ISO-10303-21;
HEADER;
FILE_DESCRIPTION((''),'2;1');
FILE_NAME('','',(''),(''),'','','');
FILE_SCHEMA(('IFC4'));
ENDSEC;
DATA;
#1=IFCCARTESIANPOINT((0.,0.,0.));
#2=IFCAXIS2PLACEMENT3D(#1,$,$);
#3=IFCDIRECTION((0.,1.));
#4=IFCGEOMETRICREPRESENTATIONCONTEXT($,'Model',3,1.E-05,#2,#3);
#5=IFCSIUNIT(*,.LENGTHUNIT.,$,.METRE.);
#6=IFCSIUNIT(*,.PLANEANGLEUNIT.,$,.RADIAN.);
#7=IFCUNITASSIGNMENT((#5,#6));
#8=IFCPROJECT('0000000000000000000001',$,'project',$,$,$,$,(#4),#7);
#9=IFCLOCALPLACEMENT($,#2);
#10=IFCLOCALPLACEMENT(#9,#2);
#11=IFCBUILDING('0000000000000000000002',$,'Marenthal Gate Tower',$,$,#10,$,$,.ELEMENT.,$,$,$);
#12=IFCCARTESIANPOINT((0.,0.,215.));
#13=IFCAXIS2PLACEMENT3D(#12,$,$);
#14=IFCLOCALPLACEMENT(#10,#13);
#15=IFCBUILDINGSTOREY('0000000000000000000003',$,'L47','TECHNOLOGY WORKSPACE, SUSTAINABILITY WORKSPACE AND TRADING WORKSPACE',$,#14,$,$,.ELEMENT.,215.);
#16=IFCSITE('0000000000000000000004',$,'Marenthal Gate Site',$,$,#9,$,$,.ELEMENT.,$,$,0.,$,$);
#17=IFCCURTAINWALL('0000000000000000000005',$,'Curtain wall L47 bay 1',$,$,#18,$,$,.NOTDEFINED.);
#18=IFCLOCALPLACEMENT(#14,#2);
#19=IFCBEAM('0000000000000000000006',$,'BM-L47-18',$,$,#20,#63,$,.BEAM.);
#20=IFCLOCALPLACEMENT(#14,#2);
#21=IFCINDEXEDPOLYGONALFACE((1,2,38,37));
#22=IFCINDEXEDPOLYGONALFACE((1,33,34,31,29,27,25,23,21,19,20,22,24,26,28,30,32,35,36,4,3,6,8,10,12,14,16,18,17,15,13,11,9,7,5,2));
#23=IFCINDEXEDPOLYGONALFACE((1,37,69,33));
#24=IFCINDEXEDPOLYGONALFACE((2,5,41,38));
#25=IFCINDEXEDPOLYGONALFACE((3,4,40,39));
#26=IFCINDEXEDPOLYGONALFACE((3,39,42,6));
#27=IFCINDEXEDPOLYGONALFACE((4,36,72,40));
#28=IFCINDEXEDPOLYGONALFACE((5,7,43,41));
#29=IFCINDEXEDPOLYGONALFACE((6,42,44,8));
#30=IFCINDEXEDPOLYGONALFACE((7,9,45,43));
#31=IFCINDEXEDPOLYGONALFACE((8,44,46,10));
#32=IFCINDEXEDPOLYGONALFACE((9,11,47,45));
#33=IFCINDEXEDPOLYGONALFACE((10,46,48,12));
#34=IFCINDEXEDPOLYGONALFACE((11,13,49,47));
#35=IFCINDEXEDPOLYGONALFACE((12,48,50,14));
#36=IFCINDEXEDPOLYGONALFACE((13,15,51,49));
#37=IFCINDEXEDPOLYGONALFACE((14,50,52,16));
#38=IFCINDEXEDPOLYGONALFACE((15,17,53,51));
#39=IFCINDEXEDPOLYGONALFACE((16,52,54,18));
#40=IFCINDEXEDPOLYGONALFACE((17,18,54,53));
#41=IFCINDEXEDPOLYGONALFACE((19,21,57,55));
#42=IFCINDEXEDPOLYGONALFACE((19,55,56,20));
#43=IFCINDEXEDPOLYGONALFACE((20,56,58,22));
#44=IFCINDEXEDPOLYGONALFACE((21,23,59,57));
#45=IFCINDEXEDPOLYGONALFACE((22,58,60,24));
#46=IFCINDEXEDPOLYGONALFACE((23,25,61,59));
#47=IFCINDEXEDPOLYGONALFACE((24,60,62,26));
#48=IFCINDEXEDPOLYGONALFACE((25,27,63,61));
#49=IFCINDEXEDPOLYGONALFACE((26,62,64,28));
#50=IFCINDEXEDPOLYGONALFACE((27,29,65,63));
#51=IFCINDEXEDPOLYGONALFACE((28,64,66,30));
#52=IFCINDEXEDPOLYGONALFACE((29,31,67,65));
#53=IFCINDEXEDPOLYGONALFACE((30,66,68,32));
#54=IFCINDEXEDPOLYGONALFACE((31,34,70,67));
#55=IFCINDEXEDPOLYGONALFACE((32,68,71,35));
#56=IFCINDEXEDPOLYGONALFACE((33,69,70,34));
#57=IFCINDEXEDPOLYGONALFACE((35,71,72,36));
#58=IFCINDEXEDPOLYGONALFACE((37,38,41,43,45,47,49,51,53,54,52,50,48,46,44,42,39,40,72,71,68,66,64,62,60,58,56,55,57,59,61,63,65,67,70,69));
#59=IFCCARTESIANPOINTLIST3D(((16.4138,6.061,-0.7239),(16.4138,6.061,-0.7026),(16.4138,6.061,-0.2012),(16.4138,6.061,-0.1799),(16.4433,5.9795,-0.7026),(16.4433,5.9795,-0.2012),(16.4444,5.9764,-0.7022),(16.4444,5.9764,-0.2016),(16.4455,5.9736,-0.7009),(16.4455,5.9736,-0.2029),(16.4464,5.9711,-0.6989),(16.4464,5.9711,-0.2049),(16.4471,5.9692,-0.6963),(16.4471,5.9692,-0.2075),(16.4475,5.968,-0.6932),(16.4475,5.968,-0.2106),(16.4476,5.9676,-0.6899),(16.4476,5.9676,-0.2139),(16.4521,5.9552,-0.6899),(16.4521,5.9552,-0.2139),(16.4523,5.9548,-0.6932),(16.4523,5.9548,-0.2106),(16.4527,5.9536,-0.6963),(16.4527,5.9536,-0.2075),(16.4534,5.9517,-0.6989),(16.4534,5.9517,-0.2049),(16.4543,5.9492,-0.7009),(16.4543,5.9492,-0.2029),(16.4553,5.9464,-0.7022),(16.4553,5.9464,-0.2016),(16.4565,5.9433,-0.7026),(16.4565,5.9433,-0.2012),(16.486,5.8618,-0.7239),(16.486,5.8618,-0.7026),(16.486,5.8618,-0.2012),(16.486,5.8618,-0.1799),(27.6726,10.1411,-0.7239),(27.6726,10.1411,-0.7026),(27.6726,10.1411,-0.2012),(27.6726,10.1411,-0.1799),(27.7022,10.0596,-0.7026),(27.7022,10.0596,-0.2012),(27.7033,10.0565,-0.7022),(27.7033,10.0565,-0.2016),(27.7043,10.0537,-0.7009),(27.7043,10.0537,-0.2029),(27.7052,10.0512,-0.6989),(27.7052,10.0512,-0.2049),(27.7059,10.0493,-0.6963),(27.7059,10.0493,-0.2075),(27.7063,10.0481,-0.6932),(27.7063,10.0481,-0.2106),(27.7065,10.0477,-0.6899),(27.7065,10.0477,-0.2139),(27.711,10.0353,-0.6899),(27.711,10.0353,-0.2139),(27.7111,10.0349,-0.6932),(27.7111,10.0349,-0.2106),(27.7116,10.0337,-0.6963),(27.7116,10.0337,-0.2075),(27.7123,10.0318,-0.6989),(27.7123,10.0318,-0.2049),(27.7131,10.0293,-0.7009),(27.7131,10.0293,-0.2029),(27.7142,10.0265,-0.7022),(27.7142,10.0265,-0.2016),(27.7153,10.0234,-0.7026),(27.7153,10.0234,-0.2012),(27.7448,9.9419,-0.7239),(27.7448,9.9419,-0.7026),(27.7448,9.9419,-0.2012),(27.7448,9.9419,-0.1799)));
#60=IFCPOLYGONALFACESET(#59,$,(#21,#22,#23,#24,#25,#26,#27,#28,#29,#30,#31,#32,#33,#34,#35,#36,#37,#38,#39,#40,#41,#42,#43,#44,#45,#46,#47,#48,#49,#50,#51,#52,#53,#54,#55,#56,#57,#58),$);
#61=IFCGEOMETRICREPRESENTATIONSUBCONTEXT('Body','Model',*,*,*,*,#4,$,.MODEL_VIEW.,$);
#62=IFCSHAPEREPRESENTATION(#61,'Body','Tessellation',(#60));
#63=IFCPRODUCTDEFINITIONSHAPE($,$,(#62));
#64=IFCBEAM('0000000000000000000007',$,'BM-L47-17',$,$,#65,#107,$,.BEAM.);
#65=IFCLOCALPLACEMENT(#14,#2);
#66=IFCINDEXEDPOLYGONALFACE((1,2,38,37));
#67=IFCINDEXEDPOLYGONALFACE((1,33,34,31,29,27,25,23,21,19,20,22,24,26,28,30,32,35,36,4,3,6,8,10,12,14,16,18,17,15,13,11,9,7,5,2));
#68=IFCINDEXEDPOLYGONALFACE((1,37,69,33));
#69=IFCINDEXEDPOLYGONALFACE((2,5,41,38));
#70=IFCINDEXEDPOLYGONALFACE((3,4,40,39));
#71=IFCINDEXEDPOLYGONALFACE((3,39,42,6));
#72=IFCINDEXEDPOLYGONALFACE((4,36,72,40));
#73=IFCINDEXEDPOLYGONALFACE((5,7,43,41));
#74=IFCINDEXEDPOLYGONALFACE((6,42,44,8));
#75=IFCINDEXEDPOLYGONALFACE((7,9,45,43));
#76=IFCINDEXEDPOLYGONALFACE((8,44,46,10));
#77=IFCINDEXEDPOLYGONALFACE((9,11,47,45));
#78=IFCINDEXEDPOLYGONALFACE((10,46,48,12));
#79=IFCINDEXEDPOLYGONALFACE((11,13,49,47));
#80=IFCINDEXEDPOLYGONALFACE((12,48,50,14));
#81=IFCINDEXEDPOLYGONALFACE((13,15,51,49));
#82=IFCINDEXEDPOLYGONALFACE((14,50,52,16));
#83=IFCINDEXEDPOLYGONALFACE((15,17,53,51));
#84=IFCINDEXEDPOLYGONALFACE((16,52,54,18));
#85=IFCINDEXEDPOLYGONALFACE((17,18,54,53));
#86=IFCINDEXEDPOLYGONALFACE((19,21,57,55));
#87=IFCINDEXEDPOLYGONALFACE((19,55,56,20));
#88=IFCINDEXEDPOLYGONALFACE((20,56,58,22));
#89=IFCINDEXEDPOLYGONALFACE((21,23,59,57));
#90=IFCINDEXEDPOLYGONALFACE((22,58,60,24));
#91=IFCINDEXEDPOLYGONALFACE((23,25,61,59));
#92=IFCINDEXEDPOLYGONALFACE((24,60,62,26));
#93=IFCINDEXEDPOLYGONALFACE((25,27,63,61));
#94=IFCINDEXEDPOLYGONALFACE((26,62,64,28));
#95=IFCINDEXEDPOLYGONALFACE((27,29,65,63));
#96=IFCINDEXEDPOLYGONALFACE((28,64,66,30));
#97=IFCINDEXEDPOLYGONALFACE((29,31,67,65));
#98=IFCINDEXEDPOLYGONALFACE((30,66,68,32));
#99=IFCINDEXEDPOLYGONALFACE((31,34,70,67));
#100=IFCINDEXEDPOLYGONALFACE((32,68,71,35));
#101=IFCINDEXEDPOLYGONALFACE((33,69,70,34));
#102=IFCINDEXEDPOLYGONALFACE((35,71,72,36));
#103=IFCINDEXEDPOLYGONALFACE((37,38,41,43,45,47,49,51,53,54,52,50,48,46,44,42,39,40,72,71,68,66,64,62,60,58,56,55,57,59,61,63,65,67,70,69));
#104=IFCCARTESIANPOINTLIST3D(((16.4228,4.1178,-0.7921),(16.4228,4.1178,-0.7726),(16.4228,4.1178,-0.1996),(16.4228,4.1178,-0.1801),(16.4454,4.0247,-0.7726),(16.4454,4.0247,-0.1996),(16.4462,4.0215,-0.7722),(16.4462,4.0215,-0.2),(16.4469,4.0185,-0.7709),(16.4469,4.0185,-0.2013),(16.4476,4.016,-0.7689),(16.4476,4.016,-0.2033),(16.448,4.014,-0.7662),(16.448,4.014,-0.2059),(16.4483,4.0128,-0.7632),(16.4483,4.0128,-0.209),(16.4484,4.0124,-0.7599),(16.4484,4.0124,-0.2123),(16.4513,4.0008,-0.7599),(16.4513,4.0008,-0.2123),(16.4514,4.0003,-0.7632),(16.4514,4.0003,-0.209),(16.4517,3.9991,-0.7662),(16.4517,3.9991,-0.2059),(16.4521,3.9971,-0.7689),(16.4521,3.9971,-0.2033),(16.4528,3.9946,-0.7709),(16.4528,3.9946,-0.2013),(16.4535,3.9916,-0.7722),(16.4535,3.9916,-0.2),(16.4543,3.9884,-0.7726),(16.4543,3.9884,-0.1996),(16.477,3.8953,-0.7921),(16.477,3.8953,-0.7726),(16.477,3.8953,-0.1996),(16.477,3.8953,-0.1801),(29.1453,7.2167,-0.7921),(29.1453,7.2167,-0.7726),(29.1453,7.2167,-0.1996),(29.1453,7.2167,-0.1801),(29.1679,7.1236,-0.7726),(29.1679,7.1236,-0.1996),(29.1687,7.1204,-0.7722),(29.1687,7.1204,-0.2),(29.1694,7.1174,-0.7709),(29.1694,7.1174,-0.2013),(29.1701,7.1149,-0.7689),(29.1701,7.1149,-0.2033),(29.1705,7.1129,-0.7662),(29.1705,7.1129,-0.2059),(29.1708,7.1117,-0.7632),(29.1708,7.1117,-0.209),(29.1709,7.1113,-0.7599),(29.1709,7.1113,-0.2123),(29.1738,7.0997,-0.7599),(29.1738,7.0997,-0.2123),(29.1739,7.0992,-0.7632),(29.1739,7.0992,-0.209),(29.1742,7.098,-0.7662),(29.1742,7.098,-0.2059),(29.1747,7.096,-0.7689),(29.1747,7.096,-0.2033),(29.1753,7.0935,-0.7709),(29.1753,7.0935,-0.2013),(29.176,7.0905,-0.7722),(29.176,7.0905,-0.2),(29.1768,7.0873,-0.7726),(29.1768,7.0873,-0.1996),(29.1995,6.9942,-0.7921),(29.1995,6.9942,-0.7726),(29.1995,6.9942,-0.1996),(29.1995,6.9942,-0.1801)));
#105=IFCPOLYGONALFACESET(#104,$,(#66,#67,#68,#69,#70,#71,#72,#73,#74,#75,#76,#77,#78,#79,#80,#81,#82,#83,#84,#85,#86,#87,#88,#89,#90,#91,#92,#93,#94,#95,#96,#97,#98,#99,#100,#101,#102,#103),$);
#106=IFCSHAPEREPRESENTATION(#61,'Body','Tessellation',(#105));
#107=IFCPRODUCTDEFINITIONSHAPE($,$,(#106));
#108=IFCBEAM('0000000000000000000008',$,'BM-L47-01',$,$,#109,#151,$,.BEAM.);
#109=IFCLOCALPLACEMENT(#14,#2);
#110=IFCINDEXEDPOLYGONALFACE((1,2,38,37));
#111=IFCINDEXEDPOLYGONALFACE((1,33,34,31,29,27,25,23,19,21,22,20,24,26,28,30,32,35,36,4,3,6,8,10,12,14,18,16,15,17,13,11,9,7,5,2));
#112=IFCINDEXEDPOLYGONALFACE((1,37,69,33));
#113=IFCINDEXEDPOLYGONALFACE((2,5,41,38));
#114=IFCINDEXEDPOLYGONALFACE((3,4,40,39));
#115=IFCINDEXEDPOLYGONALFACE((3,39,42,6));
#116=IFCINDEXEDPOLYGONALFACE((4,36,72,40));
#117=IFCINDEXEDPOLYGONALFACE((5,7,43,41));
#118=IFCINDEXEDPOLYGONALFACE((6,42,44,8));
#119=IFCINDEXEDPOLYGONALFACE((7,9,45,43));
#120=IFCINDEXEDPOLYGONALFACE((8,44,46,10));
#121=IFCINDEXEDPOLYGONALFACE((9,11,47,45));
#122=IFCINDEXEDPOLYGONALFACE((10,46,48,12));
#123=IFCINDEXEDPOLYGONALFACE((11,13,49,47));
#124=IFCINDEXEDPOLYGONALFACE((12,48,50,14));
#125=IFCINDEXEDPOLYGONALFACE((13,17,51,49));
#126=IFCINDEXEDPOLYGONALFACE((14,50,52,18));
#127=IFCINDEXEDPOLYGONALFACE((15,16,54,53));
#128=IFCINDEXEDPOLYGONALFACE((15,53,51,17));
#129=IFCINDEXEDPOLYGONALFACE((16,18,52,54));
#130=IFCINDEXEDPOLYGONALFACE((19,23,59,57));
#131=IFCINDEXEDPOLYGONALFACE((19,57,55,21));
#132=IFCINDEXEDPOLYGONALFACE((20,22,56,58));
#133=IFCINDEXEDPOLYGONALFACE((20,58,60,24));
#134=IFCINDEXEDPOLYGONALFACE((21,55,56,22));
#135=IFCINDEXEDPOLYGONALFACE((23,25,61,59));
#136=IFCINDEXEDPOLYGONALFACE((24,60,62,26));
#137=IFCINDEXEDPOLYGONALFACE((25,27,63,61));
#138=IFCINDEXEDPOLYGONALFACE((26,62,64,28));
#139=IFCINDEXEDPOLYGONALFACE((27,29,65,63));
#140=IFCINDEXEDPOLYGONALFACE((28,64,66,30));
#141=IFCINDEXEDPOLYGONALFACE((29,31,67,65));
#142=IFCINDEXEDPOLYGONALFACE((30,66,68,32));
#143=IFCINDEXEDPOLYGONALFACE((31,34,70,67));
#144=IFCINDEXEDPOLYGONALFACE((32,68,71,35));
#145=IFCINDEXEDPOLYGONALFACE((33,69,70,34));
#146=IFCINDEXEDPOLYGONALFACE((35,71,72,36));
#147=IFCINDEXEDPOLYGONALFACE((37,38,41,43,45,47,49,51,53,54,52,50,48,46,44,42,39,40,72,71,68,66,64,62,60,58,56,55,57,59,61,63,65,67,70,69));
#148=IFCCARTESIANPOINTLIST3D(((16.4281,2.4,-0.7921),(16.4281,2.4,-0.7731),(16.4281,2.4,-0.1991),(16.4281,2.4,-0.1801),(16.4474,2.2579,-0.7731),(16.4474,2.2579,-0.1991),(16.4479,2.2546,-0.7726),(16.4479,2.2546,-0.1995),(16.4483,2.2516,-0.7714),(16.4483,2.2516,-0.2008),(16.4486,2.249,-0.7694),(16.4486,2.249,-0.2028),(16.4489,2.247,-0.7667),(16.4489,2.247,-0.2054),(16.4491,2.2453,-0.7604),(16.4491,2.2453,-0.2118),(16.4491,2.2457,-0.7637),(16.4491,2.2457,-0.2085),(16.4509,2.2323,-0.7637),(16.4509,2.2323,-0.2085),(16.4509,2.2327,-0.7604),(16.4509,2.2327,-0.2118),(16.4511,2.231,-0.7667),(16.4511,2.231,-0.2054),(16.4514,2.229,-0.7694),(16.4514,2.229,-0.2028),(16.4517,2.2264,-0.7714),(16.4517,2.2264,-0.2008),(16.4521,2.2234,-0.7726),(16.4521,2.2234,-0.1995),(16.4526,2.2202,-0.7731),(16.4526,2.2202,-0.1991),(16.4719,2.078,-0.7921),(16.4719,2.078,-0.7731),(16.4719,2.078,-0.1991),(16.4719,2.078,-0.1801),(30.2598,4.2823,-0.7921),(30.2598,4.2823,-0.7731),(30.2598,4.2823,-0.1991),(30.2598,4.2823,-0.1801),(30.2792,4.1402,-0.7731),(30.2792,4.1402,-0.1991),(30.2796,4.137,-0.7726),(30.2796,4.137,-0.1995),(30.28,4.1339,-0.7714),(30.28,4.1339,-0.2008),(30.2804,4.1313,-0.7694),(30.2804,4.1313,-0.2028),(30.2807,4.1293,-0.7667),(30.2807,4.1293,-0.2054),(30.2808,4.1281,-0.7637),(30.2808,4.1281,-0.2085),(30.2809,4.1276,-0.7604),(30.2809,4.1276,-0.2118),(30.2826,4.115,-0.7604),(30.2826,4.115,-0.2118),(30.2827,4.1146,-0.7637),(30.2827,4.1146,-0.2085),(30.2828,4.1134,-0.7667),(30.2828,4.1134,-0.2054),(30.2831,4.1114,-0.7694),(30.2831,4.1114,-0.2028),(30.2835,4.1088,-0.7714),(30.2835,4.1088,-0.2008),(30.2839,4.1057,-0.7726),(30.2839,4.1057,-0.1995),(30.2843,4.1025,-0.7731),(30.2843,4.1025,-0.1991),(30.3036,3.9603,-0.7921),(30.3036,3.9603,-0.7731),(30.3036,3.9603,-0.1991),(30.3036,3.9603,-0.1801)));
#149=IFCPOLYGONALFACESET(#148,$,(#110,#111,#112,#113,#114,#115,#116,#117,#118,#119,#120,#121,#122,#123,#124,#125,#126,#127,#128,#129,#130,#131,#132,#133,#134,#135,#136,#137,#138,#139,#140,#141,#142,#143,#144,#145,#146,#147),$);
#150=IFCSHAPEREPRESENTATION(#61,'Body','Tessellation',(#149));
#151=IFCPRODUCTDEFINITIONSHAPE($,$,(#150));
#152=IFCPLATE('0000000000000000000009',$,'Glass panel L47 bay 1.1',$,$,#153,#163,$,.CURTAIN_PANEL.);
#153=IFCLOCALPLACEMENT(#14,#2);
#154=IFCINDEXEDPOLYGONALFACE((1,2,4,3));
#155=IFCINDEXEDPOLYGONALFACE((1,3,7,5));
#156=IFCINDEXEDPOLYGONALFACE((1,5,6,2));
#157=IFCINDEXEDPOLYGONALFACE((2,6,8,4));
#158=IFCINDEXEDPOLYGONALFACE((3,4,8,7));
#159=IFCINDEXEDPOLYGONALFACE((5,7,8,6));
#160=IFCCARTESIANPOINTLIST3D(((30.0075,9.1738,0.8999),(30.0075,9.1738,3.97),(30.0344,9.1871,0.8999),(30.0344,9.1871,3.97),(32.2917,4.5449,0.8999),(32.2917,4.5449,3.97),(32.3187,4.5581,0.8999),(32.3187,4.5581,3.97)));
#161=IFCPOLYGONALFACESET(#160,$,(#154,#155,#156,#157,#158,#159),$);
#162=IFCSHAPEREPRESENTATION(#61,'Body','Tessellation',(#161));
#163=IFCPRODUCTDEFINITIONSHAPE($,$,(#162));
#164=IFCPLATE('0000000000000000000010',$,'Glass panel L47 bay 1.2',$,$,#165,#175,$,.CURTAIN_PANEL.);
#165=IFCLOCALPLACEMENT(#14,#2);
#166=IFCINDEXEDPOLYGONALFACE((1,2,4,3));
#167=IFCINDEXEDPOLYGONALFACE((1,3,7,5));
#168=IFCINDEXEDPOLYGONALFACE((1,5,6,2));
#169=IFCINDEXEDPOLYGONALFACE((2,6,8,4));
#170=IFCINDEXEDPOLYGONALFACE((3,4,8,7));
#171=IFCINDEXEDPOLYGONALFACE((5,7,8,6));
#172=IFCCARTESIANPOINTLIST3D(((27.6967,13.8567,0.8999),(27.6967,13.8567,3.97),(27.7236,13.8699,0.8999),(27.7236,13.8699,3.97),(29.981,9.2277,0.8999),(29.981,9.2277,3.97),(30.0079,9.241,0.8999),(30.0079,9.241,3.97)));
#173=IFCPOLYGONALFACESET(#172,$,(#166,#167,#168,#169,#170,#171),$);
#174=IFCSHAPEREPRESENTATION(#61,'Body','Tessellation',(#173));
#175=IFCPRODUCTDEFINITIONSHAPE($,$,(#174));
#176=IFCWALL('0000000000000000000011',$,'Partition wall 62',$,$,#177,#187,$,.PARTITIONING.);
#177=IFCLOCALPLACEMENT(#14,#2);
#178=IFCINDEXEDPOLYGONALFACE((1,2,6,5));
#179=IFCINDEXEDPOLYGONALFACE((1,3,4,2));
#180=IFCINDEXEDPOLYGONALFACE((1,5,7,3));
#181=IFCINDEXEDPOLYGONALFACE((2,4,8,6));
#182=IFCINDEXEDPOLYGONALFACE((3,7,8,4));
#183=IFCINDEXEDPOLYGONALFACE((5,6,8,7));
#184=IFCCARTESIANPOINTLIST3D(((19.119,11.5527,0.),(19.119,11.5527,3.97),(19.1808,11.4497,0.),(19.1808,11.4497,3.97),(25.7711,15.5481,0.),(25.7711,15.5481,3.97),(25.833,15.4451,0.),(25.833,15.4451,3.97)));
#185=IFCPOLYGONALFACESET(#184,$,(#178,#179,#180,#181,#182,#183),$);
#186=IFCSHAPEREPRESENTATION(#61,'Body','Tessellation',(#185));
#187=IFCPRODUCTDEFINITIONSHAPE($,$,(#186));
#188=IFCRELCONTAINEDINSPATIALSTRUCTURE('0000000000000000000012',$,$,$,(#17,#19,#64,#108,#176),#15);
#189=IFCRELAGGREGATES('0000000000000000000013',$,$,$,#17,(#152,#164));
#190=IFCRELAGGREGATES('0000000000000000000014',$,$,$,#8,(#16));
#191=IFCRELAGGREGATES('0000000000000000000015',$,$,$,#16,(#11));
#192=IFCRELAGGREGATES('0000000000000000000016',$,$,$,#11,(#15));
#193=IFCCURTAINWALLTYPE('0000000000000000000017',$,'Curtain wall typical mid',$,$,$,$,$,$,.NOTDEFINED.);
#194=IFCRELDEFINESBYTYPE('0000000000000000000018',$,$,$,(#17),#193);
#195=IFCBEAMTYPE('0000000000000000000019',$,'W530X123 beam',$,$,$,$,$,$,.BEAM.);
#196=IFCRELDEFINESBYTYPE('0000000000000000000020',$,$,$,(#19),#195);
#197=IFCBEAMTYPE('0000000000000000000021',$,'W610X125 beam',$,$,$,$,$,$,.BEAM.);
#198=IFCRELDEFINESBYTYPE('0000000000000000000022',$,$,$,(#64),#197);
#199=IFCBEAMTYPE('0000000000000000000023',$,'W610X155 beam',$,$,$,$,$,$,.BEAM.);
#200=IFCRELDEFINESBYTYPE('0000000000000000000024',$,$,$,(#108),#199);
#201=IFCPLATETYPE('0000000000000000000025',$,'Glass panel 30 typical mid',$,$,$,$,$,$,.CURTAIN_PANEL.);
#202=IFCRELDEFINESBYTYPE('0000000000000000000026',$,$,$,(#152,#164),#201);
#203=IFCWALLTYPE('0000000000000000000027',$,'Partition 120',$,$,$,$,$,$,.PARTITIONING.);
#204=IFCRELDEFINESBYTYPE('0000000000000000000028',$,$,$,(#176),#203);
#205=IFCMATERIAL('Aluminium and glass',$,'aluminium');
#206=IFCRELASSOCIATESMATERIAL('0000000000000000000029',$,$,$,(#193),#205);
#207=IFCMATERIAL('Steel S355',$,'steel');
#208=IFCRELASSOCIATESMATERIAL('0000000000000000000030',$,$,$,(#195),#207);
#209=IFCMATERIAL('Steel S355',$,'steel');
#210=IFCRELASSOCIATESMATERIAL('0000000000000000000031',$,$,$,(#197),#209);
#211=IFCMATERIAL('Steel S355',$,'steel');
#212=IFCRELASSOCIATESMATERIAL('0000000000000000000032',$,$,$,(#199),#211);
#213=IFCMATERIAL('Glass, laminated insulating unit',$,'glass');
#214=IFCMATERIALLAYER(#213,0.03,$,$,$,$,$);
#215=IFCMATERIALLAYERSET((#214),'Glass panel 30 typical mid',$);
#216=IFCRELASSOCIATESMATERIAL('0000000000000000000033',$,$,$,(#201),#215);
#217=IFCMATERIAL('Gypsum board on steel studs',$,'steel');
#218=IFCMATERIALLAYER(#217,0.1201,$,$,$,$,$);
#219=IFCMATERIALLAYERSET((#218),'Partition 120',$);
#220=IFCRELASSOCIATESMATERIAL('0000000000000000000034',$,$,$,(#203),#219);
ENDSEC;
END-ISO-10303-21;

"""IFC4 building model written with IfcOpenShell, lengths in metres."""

from ifc_helpers import new_model, si_unit, direction, frame, frame_2d, origin, origin_2d, place, context, subcontext, project, spatial, rectangle, i_section, extrude, material, layer, layer_set, material_profile, profile_set, type_object, element, aggregate, save


model = new_model("IFC4")

# Units and contexts
model_context = context("Model", 3, precision=1e-05, world=origin(), true_north=direction((0.0, 1.0)))
body_context = subcontext(model_context, "Body", "Model", "MODEL_VIEW")
ifc_project = project(units=[si_unit("LENGTHUNIT", "METRE"), si_unit("PLANEANGLEUNIT", "RADIAN")], contexts=[model_context])

# Site, building, storey
site_placement = place(None, origin())
site = spatial("IfcSite", under=ifc_project, at=site_placement, Name="Marenthal Gate Site", CompositionType="ELEMENT", RefElevation=0.0)
building_placement = place(site_placement, origin())
building = spatial("IfcBuilding", under=site, at=building_placement, Name="Marenthal Gate Tower", CompositionType="ELEMENT")
storey_placement = place(building_placement, frame((0.0, 0.0, 215.0)))
storey = spatial("IfcBuildingStorey", under=building, at=storey_placement, Name="L47", Description="TECHNOLOGY WORKSPACE, SUSTAINABILITY WORKSPACE AND TRADING WORKSPACE", CompositionType="ELEMENT", Elevation=215.0)

# Curtain wall
ifc_material_1 = material(Name="Aluminium and glass", Category="aluminium")
curtain_wall_type = type_object("IfcCurtainWallType", Name="Curtain wall typical mid", PredefinedType="NOTDEFINED", material=ifc_material_1)
curtain_wall_placement = place(storey_placement, origin())
curtain_wall = element("IfcCurtainWall", 1, at=curtain_wall_placement, inside=storey, type_object=curtain_wall_type, Name="Curtain wall L47 bay 1", PredefinedType="NOTDEFINED")

# Beams
ifc_material_2 = material(Name="Steel S355", Category="steel")
ifc_material_profile_1 = material_profile(ifc_material_2, i_section(OverallWidth=0.2119, OverallDepth=0.5439, WebThickness=0.0132, FlangeThickness=0.0212, FilletRadius=0.0127, at=origin_2d()), Name="W530X123")
ifc_profile_set_1 = profile_set([ifc_material_profile_1], Name="Steel S355")
beam_type_1 = type_object("IfcBeamType", Name="W530X123 beam", PredefinedType="BEAM", material=ifc_profile_set_1)
beam_1_placement = place(storey_placement, frame((27.7087, 10.0415, -0.4519), z_axis=(-0.940169, -0.340708, 0.0), x_axis=(0.340708, -0.940169, 0.0)))
element("IfcBeam", 2, at=beam_1_placement, inside=storey, type_object=beam_type_1, Name="BM-L47-18", PredefinedType="BEAM", context=body_context, shape_type="SweptSolid", body=[
    extrude(i_section(OverallWidth=0.2119, OverallDepth=0.5439, WebThickness=0.0132, FlangeThickness=0.0212, FilletRadius=0.0127, at=origin_2d()), origin(), (0.0, 0.0, 1.0), 11.9753),
])
ifc_material_3 = material(Name="Steel S355", Category="steel")
ifc_material_profile_2 = material_profile(ifc_material_3, i_section(OverallWidth=0.229, OverallDepth=0.6121, WebThickness=0.012, FlangeThickness=0.0195, FilletRadius=0.0127, at=origin_2d()), Name="W610X125")
ifc_profile_set_2 = profile_set([ifc_material_profile_2], Name="Steel S355")
beam_type_2 = type_object("IfcBeamType", Name="W610X125 beam", PredefinedType="BEAM", material=ifc_profile_set_2)
beam_2_placement = place(storey_placement, frame((29.1724, 7.1055, -0.4861), z_axis=(-0.971593, -0.236657, 0.0), x_axis=(0.236657, -0.971593, 0.0)))
element("IfcBeam", 3, at=beam_2_placement, inside=storey, type_object=beam_type_2, Name="BM-L47-17", PredefinedType="BEAM", context=body_context, shape_type="SweptSolid", body=[
    extrude(i_section(OverallWidth=0.229, OverallDepth=0.6121, WebThickness=0.012, FlangeThickness=0.0195, FilletRadius=0.0127, at=origin_2d()), origin(), (0.0, 0.0, 1.0), 13.0945),
])
ifc_material_4 = material(Name="Steel S355", Category="steel")
ifc_material_profile_3 = material_profile(ifc_material_4, i_section(OverallWidth=0.325, OverallDepth=0.6121, WebThickness=0.0127, FlangeThickness=0.019, FilletRadius=0.0127, at=origin_2d()), Name="W610X155")
ifc_profile_set_3 = profile_set([ifc_material_profile_3], Name="Steel S355")
beam_type_3 = type_object("IfcBeamType", Name="W610X155 beam", PredefinedType="BEAM", material=ifc_profile_set_3)
beam_3_placement = place(storey_placement, frame((30.2817, 4.1213, -0.4861), z_axis=(-0.990867, -0.134844, 0.0), x_axis=(0.134844, -0.990867, 0.0)))
element("IfcBeam", 4, at=beam_3_placement, inside=storey, type_object=beam_type_3, Name="BM-L47-01", PredefinedType="BEAM", context=body_context, shape_type="SweptSolid", body=[
    extrude(i_section(OverallWidth=0.325, OverallDepth=0.6121, WebThickness=0.0127, FlangeThickness=0.019, FilletRadius=0.0127, at=origin_2d()), origin(), (0.0, 0.0, 1.0), 13.9592),
])

# Plates
ifc_material_5 = material(Name="Glass, laminated insulating unit", Category="glass")
ifc_layer_1 = layer(ifc_material_5, 0.03)
ifc_layer_set_1 = layer_set([ifc_layer_1], Name="Glass panel 30 typical mid")
plate_type = type_object("IfcPlateType", Name="Glass panel 30 typical mid", PredefinedType="CURTAIN_PANEL", material=ifc_layer_set_1)
plate_1_placement = place(storey_placement, frame((31.1631, 6.866, 0.8999), z_axis=(0.0, 0.0, 1.0), x_axis=(-0.442523, 0.896757, 0.0)))
plate_1 = element("IfcPlate", 5, at=plate_1_placement, type_object=plate_type, Name="Glass panel L47 bay 1.1", PredefinedType="CURTAIN_PANEL", context=body_context, shape_type="SweptSolid", body=[
    extrude(rectangle(XDim=5.1619, YDim=0.03, at=origin_2d()), origin(), (0.0, 0.0, 1.0), 3.0701),
])
plate_2_placement = place(storey_placement, frame((28.8523, 11.5488, 0.8999), z_axis=(0.0, 0.0, 1.0), x_axis=(-0.442523, 0.896757, 0.0)))
plate_2 = element("IfcPlate", 6, at=plate_2_placement, type_object=plate_type, Name="Glass panel L47 bay 1.2", PredefinedType="CURTAIN_PANEL", context=body_context, shape_type="SweptSolid", body=[
    extrude(rectangle(XDim=5.1619, YDim=0.03, at=origin_2d()), origin(), (0.0, 0.0, 1.0), 3.0701),
])
aggregate(curtain_wall, [plate_1, plate_2])

# Wall
ifc_material_6 = material(Name="Gypsum board on steel studs", Category="steel")
ifc_layer_2 = layer(ifc_material_6, 0.1201)
ifc_layer_set_2 = layer_set([ifc_layer_2], Name="Partition 120")
wall_type_1 = type_object("IfcWallType", Name="Partition 120", PredefinedType="PARTITIONING", material=ifc_layer_set_2)
wall_1_placement = place(storey_placement, frame((19.1499, 11.5012, 0.0), z_axis=(0.0, 0.0, 1.0), x_axis=(0.85726, 0.514884, 0.0)))
element("IfcWall", 7, at=wall_1_placement, inside=storey, type_object=wall_type_1, Name="Partition wall 62", PredefinedType="PARTITIONING", context=body_context, shape_type="SweptSolid", body=[
    extrude(rectangle(XDim=7.7598, YDim=0.1201, at=frame_2d((3.8799, 0.0))), origin(), (0.0, 0.0, 1.0), 3.97),
])

save(model, "model.ifc")
